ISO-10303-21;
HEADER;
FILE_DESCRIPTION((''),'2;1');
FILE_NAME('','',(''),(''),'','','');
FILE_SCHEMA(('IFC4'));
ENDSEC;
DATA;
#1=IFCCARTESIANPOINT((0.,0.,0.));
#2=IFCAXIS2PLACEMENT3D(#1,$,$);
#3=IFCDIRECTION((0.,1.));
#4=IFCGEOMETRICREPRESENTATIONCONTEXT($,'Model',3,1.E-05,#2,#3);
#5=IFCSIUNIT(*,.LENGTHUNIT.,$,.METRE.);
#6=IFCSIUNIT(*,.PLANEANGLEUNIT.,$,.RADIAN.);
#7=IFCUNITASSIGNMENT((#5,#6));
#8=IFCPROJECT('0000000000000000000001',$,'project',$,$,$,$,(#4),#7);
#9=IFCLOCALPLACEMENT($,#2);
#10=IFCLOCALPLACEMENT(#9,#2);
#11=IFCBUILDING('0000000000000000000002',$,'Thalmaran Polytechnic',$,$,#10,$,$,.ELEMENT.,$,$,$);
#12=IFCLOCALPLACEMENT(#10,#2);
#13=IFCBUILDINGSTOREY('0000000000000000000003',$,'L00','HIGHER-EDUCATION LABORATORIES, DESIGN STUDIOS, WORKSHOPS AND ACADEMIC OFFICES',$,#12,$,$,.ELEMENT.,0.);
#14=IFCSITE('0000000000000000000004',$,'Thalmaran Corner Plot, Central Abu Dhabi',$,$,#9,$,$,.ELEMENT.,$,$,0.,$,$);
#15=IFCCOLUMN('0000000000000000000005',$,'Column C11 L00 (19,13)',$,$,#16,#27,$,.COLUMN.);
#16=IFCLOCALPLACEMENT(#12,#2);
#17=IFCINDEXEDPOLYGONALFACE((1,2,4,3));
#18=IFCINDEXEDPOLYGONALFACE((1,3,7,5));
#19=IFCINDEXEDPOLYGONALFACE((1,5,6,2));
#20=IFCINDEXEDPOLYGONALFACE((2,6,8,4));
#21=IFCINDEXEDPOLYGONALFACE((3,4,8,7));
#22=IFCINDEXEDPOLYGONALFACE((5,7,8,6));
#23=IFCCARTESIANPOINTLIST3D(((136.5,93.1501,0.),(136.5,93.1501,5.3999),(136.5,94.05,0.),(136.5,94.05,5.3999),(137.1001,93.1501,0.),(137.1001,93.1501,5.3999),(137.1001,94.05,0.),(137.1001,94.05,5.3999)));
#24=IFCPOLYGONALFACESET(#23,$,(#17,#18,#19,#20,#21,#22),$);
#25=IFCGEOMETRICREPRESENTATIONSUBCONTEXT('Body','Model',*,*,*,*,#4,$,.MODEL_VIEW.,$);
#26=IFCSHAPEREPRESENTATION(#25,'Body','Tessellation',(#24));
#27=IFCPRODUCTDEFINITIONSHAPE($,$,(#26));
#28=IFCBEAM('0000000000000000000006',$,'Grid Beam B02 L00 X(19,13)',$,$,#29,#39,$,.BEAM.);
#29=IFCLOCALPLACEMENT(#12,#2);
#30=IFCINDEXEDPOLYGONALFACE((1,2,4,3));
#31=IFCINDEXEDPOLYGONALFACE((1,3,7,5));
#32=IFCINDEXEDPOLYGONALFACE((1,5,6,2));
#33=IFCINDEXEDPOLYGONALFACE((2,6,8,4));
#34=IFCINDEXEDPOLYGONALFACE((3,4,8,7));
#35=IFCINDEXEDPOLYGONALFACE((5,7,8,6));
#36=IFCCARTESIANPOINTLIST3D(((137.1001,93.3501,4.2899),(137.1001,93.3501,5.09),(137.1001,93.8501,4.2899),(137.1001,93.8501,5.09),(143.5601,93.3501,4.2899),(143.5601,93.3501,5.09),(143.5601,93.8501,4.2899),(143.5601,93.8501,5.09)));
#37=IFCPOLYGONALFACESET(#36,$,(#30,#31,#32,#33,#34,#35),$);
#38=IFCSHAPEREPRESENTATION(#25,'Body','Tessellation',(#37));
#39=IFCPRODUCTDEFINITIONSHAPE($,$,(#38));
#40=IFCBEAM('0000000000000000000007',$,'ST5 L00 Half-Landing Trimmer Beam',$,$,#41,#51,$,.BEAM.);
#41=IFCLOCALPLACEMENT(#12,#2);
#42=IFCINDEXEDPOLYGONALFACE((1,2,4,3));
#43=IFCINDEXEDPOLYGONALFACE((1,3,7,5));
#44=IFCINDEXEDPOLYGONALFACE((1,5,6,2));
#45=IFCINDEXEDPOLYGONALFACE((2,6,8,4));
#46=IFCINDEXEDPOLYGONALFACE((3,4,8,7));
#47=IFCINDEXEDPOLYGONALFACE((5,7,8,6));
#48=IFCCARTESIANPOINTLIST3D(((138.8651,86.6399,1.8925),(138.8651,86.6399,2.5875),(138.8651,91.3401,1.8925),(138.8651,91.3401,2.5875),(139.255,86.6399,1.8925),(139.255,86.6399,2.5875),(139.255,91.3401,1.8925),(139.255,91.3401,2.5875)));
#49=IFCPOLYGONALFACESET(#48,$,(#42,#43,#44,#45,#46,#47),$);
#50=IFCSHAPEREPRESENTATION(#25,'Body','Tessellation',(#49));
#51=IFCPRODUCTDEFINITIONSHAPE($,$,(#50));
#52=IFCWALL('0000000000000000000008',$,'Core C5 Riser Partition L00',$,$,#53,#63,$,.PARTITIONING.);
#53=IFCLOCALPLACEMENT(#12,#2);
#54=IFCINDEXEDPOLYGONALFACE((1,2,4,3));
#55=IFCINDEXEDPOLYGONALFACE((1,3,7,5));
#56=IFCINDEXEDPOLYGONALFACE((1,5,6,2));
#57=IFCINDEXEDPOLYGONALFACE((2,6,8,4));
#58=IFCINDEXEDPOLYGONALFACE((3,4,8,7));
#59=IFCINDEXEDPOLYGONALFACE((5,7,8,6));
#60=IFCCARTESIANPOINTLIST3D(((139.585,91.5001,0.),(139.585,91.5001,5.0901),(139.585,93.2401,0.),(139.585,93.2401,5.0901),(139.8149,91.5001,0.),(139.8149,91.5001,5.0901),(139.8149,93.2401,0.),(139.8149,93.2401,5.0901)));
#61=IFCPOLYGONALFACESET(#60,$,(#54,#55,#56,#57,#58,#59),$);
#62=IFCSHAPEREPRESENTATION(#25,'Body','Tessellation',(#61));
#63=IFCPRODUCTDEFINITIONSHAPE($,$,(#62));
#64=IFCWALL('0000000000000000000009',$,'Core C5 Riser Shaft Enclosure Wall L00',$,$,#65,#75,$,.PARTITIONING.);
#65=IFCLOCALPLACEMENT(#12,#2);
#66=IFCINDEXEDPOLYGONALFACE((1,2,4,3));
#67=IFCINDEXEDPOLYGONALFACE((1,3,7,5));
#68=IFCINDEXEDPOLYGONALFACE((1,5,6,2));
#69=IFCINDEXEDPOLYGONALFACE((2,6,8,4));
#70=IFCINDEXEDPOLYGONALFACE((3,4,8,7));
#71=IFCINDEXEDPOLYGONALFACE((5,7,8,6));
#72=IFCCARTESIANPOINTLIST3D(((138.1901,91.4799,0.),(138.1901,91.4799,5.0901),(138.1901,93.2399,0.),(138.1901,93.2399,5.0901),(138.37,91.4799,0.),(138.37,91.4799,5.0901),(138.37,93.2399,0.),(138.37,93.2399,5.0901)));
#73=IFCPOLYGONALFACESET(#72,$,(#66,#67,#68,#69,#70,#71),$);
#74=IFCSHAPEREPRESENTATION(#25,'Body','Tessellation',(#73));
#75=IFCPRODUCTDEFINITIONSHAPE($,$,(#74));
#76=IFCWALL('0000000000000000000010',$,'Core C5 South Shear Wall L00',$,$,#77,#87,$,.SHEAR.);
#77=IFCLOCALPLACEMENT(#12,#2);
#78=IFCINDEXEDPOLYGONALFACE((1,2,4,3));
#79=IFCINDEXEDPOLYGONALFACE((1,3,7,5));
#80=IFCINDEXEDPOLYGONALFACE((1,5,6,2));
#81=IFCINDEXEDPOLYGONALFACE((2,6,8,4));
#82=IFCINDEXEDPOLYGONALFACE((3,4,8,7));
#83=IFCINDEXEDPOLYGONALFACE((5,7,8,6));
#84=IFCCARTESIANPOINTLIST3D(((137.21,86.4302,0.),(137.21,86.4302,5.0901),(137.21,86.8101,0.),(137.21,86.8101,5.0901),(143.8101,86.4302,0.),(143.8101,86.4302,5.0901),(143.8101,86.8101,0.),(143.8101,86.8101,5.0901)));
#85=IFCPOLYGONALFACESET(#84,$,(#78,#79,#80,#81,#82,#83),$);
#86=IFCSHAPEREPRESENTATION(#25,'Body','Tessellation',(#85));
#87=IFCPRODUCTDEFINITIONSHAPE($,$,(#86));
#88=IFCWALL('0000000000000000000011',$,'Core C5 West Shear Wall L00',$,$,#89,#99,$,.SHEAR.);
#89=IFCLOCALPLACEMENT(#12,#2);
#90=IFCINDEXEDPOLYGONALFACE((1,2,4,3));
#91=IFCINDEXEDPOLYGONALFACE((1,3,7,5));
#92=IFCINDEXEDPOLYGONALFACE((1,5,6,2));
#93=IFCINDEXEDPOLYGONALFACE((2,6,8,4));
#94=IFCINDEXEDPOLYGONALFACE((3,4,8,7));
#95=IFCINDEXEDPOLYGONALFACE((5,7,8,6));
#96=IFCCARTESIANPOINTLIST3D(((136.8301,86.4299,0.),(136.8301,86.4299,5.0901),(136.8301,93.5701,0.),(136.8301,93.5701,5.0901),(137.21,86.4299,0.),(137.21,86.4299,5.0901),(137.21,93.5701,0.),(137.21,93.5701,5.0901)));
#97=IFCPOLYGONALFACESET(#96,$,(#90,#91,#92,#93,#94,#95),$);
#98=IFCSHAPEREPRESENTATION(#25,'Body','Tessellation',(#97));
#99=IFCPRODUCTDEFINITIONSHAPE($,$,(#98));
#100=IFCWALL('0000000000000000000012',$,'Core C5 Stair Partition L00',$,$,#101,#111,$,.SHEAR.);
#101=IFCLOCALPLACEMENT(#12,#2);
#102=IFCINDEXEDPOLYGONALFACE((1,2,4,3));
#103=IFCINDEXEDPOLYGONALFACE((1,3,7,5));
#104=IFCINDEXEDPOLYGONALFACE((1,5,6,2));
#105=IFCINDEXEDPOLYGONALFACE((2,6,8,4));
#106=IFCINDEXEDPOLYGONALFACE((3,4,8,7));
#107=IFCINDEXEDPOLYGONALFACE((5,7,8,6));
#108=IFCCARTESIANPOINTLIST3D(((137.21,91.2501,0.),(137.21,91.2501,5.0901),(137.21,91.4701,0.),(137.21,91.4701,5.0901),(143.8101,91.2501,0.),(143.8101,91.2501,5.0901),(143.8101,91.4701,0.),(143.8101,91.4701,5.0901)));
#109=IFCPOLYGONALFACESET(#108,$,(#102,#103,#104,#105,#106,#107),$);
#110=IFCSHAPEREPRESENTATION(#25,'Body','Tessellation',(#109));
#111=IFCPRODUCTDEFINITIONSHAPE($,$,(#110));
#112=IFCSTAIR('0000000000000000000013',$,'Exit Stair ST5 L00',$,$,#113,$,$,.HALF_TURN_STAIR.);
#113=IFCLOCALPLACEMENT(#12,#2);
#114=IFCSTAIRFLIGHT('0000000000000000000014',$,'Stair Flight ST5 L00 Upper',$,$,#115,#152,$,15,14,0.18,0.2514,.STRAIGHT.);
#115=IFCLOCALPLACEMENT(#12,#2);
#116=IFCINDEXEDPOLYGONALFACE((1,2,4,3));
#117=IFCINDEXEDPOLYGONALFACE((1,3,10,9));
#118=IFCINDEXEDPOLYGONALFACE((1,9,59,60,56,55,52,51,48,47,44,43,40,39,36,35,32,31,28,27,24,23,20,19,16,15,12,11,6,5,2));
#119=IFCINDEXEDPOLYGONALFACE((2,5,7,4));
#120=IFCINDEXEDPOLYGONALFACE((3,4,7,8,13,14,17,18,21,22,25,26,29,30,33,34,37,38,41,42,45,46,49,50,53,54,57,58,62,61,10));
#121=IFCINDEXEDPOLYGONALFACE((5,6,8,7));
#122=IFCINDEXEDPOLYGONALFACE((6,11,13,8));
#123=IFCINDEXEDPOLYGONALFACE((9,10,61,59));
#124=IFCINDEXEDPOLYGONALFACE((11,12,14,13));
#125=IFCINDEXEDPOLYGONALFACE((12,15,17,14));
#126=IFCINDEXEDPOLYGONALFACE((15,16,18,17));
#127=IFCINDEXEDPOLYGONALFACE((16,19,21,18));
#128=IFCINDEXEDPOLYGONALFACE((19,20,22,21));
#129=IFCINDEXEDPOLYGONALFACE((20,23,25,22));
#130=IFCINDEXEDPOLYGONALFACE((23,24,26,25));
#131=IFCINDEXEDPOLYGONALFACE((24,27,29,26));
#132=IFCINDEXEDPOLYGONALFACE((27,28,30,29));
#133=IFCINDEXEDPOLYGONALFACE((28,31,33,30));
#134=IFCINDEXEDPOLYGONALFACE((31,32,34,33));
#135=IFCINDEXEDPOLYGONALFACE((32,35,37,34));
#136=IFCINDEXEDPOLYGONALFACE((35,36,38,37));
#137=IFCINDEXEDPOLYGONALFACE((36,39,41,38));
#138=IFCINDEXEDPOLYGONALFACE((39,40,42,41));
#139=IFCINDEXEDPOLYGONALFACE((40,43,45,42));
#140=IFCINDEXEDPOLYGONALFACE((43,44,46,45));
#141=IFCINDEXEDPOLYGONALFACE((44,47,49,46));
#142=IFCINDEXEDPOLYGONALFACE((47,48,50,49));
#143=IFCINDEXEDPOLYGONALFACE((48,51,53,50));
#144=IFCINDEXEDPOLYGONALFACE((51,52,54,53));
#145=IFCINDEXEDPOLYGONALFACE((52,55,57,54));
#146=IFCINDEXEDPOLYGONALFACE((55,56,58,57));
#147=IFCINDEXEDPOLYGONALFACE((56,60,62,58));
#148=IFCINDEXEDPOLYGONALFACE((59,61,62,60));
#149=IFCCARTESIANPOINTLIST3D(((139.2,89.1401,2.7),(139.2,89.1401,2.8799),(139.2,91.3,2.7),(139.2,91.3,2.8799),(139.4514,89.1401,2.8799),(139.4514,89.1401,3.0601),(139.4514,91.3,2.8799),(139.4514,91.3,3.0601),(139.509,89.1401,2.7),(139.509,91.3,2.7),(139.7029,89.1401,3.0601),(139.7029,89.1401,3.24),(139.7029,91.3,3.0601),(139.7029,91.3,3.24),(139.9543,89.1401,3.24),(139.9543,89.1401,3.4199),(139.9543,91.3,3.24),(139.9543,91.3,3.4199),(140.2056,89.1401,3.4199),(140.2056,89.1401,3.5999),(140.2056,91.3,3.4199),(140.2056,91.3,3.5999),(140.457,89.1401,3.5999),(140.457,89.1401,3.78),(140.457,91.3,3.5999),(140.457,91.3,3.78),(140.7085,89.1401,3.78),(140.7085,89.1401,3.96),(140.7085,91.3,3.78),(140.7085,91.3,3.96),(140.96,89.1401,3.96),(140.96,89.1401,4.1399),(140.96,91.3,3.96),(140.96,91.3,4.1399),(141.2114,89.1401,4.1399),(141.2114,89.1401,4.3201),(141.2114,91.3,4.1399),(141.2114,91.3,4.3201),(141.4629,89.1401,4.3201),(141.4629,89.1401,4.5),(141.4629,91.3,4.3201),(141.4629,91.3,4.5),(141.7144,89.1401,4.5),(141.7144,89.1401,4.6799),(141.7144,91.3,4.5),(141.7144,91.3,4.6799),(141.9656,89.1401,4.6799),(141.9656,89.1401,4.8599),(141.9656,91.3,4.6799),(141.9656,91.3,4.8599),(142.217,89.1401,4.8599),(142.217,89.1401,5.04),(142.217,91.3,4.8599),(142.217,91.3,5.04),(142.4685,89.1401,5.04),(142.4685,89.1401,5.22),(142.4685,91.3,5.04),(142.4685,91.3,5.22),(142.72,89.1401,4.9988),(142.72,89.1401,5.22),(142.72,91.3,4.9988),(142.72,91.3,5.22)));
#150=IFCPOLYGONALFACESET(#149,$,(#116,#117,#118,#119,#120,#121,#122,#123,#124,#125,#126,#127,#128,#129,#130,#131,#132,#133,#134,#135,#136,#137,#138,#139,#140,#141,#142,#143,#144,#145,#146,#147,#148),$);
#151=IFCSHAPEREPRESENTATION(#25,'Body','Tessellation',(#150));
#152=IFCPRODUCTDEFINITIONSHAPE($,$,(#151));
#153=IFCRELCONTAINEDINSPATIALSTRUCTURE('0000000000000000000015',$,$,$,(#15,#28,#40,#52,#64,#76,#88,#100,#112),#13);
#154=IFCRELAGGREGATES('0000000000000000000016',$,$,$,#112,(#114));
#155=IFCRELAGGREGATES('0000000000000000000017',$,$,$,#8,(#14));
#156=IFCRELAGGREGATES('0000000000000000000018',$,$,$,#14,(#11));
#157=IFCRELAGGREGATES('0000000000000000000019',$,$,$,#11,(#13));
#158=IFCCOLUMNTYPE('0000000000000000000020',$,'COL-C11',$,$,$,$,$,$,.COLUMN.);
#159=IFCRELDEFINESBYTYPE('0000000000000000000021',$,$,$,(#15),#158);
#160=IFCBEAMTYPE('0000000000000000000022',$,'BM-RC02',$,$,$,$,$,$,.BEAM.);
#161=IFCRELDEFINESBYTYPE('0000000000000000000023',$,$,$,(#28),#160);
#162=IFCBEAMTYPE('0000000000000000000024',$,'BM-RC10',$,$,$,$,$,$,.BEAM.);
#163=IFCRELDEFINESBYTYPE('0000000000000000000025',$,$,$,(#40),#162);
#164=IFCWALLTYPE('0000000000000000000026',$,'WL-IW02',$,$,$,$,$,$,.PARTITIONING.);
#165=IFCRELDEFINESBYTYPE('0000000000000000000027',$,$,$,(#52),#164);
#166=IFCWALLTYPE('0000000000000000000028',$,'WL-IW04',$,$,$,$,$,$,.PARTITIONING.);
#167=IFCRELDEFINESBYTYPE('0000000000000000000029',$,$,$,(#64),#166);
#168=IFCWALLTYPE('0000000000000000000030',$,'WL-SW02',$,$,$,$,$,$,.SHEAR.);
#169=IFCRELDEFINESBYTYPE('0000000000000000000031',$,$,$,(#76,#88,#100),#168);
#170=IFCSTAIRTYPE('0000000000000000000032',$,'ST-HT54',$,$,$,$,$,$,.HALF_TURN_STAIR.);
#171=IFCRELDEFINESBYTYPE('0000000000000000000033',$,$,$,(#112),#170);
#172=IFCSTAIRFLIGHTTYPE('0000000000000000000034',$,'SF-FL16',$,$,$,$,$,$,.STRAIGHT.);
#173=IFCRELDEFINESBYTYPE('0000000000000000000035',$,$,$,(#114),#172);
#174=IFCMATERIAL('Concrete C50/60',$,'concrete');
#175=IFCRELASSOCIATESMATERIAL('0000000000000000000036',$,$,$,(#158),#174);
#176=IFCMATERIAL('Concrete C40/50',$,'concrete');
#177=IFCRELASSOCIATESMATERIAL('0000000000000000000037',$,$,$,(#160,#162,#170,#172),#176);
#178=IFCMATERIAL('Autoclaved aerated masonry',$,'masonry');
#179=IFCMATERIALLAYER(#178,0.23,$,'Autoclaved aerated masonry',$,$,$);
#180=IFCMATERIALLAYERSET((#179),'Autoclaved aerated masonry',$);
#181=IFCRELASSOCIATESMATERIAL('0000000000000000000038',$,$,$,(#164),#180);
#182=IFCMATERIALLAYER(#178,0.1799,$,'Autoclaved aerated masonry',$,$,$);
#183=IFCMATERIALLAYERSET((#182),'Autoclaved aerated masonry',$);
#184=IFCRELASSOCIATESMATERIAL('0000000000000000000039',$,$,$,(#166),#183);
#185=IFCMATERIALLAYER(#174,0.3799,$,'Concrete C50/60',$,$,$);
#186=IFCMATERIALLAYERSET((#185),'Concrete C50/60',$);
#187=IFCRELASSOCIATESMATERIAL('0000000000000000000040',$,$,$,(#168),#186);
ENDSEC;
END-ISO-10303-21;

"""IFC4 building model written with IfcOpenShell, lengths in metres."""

from ifc_helpers import new_model, si_unit, direction, frame, frame_2d, origin, origin_2d, place, context, subcontext, project, spatial, polyline, rectangle, outline, extrude, material, layer, layer_set, material_profile, profile_set, type_object, element, aggregate, save


model = new_model("IFC4")

# Units and contexts
model_context = context("Model", 3, precision=1e-05, world=origin(), true_north=direction((0.0, 1.0)))
body_context = subcontext(model_context, "Body", "Model", "MODEL_VIEW")
ifc_project = project(units=[si_unit("LENGTHUNIT", "METRE"), si_unit("PLANEANGLEUNIT", "RADIAN")], contexts=[model_context])

# Site, building, storey
site_placement = place(None, origin())
site = spatial("IfcSite", under=ifc_project, at=site_placement, Name="Thalmaran Corner Plot, Central Abu Dhabi", CompositionType="ELEMENT", RefElevation=0.0)
building_placement = place(site_placement, origin())
building = spatial("IfcBuilding", under=site, at=building_placement, Name="Thalmaran Polytechnic", CompositionType="ELEMENT")
storey_placement = place(building_placement, origin())
storey = spatial("IfcBuildingStorey", under=building, at=storey_placement, Name="L00", Description="HIGHER-EDUCATION LABORATORIES, DESIGN STUDIOS, WORKSHOPS AND ACADEMIC OFFICES", CompositionType="ELEMENT", Elevation=0.0)

# Column
ifc_material_1 = material(Name="Concrete C50/60", Category="concrete")
ifc_material_profile_1 = material_profile(ifc_material_1, rectangle(XDim=0.6001, YDim=0.8999, at=origin_2d()), Name="RC 600x900")
ifc_profile_set_1 = profile_set([ifc_material_profile_1], Name="Concrete C50/60")
column_type = type_object("IfcColumnType", Name="COL-C11", PredefinedType="COLUMN", material=ifc_profile_set_1)
column_placement = place(storey_placement, frame((136.8, 93.6001, 0.0), z_axis=(0.0, 0.0, 1.0), x_axis=(1.0, 0.0, 0.0)))
element("IfcColumn", 1, at=column_placement, inside=storey, type_object=column_type, Name="Column C11 L00 (19,13)", PredefinedType="COLUMN", context=body_context, shape_type="SweptSolid", body=[
    extrude(rectangle(XDim=0.6001, YDim=0.8999, at=origin_2d()), origin(), (0.0, 0.0, 1.0), 5.3999),
])

# Beams
ifc_material_2 = material(Name="Concrete C40/50", Category="concrete")
ifc_material_profile_2 = material_profile(ifc_material_2, rectangle(XDim=0.5, YDim=0.8, at=origin_2d()), Name="RC 500x800")
ifc_profile_set_2 = profile_set([ifc_material_profile_2], Name="Concrete C40/50")
beam_type_1 = type_object("IfcBeamType", Name="BM-RC02", PredefinedType="BEAM", material=ifc_profile_set_2)
beam_1_placement = place(storey_placement, frame((137.1001, 93.6001, 4.6899), z_axis=(1.0, 0.0, 0.0), x_axis=(0.0, 1.0, 0.0)))
element("IfcBeam", 2, at=beam_1_placement, inside=storey, type_object=beam_type_1, Name="Grid Beam B02 L00 X(19,13)", PredefinedType="BEAM", context=body_context, shape_type="SweptSolid", body=[
    extrude(rectangle(XDim=0.5, YDim=0.8, at=origin_2d()), origin(), (0.0, 0.0, 1.0), 6.46),
])
ifc_material_profile_3 = material_profile(ifc_material_2, rectangle(XDim=0.3899, YDim=0.6951, at=origin_2d()), Name="RC 390x695")
ifc_profile_set_3 = profile_set([ifc_material_profile_3], Name="Concrete C40/50")
beam_type_2 = type_object("IfcBeamType", Name="BM-RC10", PredefinedType="BEAM", material=ifc_profile_set_3)
beam_2_placement = place(storey_placement, frame((139.0601, 86.6399, 2.24), z_axis=(0.0, 1.0, 0.0), x_axis=(-1.0, 0.0, 0.0)))
element("IfcBeam", 3, at=beam_2_placement, inside=storey, type_object=beam_type_2, Name="ST5 L00 Half-Landing Trimmer Beam", PredefinedType="BEAM", context=body_context, shape_type="SweptSolid", body=[
    extrude(rectangle(XDim=0.3899, YDim=0.6951, at=origin_2d()), origin(), (0.0, 0.0, 1.0), 4.7002),
])

# Walls
ifc_material_3 = material(Name="Autoclaved aerated masonry", Category="masonry")
ifc_layer_1 = layer(ifc_material_3, 0.23, Name="Autoclaved aerated masonry")
ifc_layer_set_1 = layer_set([ifc_layer_1], Name="Autoclaved aerated masonry")
wall_type_1 = type_object("IfcWallType", Name="WL-IW02", PredefinedType="PARTITIONING", material=ifc_layer_set_1)
wall_1_placement = place(storey_placement, frame((139.7, 91.5, 0.0), z_axis=(0.0, 0.0, 1.0), x_axis=(0.0, 1.0, 0.0)))
element("IfcWall", 4, at=wall_1_placement, inside=storey, type_object=wall_type_1, Name="Core C5 Riser Partition L00", PredefinedType="PARTITIONING", context=body_context, shape_type="SweptSolid", body=[
    extrude(rectangle(XDim=1.74, YDim=0.23, at=frame_2d((0.8701, 0.0))), origin(), (0.0, 0.0, 1.0), 5.0901),
])
ifc_layer_2 = layer(ifc_material_3, 0.1799, Name="Autoclaved aerated masonry")
ifc_layer_set_2 = layer_set([ifc_layer_2], Name="Autoclaved aerated masonry")
wall_type_2 = type_object("IfcWallType", Name="WL-IW04", PredefinedType="PARTITIONING", material=ifc_layer_set_2)
wall_2_placement = place(storey_placement, frame((138.28, 91.48, 0.0), z_axis=(0.0, 0.0, 1.0), x_axis=(0.0, 1.0, 0.0)))
element("IfcWall", 5, at=wall_2_placement, inside=storey, type_object=wall_type_2, Name="Core C5 Riser Shaft Enclosure Wall L00", PredefinedType="PARTITIONING", context=body_context, shape_type="SweptSolid", body=[
    extrude(rectangle(XDim=1.76, YDim=0.1799, at=frame_2d((0.8799, 0.0))), origin(), (0.0, 0.0, 1.0), 5.0901),
])
ifc_layer_3 = layer(ifc_material_1, 0.3799, Name="Concrete C50/60")
ifc_layer_set_3 = layer_set([ifc_layer_3], Name="Concrete C50/60")
wall_type_3 = type_object("IfcWallType", Name="WL-SW02", PredefinedType="SHEAR", material=ifc_layer_set_3)
wall_3_placement = place(storey_placement, frame((137.21, 86.6201, 0.0), z_axis=(0.0, 0.0, 1.0), x_axis=(1.0, 0.0, 0.0)))
element("IfcWall", 6, at=wall_3_placement, inside=storey, type_object=wall_type_3, Name="Core C5 South Shear Wall L00", PredefinedType="SHEAR", context=body_context, shape_type="SweptSolid", body=[
    extrude(rectangle(XDim=6.6001, YDim=0.3799, at=frame_2d((3.3, 0.0))), origin(), (0.0, 0.0, 1.0), 5.0901),
])
wall_4_placement = place(storey_placement, frame((137.02, 93.5701, 0.0), z_axis=(0.0, 0.0, 1.0), x_axis=(0.0, -1.0, 0.0)))
element("IfcWall", 7, at=wall_4_placement, inside=storey, type_object=wall_type_3, Name="Core C5 West Shear Wall L00", PredefinedType="SHEAR", context=body_context, shape_type="SweptSolid", body=[
    extrude(rectangle(XDim=7.1401, YDim=0.3799, at=frame_2d((3.5701, 0.0))), origin(), (0.0, 0.0, 1.0), 5.0901),
])

# Wall
wall_5_placement = place(storey_placement, frame((137.21, 91.3601, 0.0), z_axis=(0.0, 0.0, 1.0), x_axis=(1.0, 0.0, 0.0)))
element("IfcWall", 8, at=wall_5_placement, inside=storey, type_object=wall_type_3, Name="Core C5 Stair Partition L00", PredefinedType="SHEAR", context=body_context, shape_type="SweptSolid", body=[
    extrude(rectangle(XDim=6.6001, YDim=0.22, at=frame_2d((3.3, 0.0))), origin(), (0.0, 0.0, 1.0), 5.0901),
])

# Stair, stair flight
stair_type = type_object("IfcStairType", Name="ST-HT54", PredefinedType="HALF_TURN_STAIR", material=ifc_material_2)
stair_placement = place(storey_placement, origin())
stair = element("IfcStair", 9, at=stair_placement, inside=storey, type_object=stair_type, Name="Exit Stair ST5 L00", PredefinedType="HALF_TURN_STAIR")
stair_flight_type = type_object("IfcStairFlightType", Name="SF-FL16", PredefinedType="STRAIGHT", material=ifc_material_2)
stair_flight_placement = place(storey_placement, frame((139.2, 90.22, 2.7), z_axis=(0.0, 0.0, 1.0), x_axis=(1.0, 0.0, 0.0)))
stair_flight = element("IfcStairFlight", 10, at=stair_flight_placement, type_object=stair_flight_type, Name="Stair Flight ST5 L00 Upper", NumberOfRisers=15, NumberOfTreads=14, PredefinedType="STRAIGHT", RiserHeight=0.18, TreadLength=0.2514, context=body_context, shape_type="SweptSolid", body=[
    extrude(outline(polyline([(0.0, 0.0), (0.0, 0.1799), (0.2515, 0.1799), (0.2515, 0.3601), (0.5029, 0.3601), (0.5029, 0.54), (0.7544, 0.54), (0.7544, 0.72), (1.0056, 0.72), (1.0056, 0.8999), (1.2571, 0.8999), (1.2571, 1.0801), (1.5085, 1.0801), (1.5085, 1.26), (1.76, 1.26), (1.76, 1.4399), (2.0115, 1.4399), (2.0115, 1.6201), (2.2629, 1.6201), (2.2629, 1.8), (2.5144, 1.8), (2.5144, 1.98), (2.7656, 1.98), (2.7656, 2.1599), (3.0171, 2.1599), (3.0171, 2.3401), (3.2686, 2.3401), (3.2686, 2.52), (3.52, 2.52), (3.52, 2.7), (3.52, 2.2988), (0.3091, 0.0), (0.0, 0.0)])), frame((0.0, 1.0801, 0.0), z_axis=(0.0, -1.0, 0.0), x_axis=(1.0, 0.0, 0.0)), (0.0, 0.0, 1.0), 2.1599),
])
aggregate(stair, [stair_flight])

save(model, "model.ifc")
